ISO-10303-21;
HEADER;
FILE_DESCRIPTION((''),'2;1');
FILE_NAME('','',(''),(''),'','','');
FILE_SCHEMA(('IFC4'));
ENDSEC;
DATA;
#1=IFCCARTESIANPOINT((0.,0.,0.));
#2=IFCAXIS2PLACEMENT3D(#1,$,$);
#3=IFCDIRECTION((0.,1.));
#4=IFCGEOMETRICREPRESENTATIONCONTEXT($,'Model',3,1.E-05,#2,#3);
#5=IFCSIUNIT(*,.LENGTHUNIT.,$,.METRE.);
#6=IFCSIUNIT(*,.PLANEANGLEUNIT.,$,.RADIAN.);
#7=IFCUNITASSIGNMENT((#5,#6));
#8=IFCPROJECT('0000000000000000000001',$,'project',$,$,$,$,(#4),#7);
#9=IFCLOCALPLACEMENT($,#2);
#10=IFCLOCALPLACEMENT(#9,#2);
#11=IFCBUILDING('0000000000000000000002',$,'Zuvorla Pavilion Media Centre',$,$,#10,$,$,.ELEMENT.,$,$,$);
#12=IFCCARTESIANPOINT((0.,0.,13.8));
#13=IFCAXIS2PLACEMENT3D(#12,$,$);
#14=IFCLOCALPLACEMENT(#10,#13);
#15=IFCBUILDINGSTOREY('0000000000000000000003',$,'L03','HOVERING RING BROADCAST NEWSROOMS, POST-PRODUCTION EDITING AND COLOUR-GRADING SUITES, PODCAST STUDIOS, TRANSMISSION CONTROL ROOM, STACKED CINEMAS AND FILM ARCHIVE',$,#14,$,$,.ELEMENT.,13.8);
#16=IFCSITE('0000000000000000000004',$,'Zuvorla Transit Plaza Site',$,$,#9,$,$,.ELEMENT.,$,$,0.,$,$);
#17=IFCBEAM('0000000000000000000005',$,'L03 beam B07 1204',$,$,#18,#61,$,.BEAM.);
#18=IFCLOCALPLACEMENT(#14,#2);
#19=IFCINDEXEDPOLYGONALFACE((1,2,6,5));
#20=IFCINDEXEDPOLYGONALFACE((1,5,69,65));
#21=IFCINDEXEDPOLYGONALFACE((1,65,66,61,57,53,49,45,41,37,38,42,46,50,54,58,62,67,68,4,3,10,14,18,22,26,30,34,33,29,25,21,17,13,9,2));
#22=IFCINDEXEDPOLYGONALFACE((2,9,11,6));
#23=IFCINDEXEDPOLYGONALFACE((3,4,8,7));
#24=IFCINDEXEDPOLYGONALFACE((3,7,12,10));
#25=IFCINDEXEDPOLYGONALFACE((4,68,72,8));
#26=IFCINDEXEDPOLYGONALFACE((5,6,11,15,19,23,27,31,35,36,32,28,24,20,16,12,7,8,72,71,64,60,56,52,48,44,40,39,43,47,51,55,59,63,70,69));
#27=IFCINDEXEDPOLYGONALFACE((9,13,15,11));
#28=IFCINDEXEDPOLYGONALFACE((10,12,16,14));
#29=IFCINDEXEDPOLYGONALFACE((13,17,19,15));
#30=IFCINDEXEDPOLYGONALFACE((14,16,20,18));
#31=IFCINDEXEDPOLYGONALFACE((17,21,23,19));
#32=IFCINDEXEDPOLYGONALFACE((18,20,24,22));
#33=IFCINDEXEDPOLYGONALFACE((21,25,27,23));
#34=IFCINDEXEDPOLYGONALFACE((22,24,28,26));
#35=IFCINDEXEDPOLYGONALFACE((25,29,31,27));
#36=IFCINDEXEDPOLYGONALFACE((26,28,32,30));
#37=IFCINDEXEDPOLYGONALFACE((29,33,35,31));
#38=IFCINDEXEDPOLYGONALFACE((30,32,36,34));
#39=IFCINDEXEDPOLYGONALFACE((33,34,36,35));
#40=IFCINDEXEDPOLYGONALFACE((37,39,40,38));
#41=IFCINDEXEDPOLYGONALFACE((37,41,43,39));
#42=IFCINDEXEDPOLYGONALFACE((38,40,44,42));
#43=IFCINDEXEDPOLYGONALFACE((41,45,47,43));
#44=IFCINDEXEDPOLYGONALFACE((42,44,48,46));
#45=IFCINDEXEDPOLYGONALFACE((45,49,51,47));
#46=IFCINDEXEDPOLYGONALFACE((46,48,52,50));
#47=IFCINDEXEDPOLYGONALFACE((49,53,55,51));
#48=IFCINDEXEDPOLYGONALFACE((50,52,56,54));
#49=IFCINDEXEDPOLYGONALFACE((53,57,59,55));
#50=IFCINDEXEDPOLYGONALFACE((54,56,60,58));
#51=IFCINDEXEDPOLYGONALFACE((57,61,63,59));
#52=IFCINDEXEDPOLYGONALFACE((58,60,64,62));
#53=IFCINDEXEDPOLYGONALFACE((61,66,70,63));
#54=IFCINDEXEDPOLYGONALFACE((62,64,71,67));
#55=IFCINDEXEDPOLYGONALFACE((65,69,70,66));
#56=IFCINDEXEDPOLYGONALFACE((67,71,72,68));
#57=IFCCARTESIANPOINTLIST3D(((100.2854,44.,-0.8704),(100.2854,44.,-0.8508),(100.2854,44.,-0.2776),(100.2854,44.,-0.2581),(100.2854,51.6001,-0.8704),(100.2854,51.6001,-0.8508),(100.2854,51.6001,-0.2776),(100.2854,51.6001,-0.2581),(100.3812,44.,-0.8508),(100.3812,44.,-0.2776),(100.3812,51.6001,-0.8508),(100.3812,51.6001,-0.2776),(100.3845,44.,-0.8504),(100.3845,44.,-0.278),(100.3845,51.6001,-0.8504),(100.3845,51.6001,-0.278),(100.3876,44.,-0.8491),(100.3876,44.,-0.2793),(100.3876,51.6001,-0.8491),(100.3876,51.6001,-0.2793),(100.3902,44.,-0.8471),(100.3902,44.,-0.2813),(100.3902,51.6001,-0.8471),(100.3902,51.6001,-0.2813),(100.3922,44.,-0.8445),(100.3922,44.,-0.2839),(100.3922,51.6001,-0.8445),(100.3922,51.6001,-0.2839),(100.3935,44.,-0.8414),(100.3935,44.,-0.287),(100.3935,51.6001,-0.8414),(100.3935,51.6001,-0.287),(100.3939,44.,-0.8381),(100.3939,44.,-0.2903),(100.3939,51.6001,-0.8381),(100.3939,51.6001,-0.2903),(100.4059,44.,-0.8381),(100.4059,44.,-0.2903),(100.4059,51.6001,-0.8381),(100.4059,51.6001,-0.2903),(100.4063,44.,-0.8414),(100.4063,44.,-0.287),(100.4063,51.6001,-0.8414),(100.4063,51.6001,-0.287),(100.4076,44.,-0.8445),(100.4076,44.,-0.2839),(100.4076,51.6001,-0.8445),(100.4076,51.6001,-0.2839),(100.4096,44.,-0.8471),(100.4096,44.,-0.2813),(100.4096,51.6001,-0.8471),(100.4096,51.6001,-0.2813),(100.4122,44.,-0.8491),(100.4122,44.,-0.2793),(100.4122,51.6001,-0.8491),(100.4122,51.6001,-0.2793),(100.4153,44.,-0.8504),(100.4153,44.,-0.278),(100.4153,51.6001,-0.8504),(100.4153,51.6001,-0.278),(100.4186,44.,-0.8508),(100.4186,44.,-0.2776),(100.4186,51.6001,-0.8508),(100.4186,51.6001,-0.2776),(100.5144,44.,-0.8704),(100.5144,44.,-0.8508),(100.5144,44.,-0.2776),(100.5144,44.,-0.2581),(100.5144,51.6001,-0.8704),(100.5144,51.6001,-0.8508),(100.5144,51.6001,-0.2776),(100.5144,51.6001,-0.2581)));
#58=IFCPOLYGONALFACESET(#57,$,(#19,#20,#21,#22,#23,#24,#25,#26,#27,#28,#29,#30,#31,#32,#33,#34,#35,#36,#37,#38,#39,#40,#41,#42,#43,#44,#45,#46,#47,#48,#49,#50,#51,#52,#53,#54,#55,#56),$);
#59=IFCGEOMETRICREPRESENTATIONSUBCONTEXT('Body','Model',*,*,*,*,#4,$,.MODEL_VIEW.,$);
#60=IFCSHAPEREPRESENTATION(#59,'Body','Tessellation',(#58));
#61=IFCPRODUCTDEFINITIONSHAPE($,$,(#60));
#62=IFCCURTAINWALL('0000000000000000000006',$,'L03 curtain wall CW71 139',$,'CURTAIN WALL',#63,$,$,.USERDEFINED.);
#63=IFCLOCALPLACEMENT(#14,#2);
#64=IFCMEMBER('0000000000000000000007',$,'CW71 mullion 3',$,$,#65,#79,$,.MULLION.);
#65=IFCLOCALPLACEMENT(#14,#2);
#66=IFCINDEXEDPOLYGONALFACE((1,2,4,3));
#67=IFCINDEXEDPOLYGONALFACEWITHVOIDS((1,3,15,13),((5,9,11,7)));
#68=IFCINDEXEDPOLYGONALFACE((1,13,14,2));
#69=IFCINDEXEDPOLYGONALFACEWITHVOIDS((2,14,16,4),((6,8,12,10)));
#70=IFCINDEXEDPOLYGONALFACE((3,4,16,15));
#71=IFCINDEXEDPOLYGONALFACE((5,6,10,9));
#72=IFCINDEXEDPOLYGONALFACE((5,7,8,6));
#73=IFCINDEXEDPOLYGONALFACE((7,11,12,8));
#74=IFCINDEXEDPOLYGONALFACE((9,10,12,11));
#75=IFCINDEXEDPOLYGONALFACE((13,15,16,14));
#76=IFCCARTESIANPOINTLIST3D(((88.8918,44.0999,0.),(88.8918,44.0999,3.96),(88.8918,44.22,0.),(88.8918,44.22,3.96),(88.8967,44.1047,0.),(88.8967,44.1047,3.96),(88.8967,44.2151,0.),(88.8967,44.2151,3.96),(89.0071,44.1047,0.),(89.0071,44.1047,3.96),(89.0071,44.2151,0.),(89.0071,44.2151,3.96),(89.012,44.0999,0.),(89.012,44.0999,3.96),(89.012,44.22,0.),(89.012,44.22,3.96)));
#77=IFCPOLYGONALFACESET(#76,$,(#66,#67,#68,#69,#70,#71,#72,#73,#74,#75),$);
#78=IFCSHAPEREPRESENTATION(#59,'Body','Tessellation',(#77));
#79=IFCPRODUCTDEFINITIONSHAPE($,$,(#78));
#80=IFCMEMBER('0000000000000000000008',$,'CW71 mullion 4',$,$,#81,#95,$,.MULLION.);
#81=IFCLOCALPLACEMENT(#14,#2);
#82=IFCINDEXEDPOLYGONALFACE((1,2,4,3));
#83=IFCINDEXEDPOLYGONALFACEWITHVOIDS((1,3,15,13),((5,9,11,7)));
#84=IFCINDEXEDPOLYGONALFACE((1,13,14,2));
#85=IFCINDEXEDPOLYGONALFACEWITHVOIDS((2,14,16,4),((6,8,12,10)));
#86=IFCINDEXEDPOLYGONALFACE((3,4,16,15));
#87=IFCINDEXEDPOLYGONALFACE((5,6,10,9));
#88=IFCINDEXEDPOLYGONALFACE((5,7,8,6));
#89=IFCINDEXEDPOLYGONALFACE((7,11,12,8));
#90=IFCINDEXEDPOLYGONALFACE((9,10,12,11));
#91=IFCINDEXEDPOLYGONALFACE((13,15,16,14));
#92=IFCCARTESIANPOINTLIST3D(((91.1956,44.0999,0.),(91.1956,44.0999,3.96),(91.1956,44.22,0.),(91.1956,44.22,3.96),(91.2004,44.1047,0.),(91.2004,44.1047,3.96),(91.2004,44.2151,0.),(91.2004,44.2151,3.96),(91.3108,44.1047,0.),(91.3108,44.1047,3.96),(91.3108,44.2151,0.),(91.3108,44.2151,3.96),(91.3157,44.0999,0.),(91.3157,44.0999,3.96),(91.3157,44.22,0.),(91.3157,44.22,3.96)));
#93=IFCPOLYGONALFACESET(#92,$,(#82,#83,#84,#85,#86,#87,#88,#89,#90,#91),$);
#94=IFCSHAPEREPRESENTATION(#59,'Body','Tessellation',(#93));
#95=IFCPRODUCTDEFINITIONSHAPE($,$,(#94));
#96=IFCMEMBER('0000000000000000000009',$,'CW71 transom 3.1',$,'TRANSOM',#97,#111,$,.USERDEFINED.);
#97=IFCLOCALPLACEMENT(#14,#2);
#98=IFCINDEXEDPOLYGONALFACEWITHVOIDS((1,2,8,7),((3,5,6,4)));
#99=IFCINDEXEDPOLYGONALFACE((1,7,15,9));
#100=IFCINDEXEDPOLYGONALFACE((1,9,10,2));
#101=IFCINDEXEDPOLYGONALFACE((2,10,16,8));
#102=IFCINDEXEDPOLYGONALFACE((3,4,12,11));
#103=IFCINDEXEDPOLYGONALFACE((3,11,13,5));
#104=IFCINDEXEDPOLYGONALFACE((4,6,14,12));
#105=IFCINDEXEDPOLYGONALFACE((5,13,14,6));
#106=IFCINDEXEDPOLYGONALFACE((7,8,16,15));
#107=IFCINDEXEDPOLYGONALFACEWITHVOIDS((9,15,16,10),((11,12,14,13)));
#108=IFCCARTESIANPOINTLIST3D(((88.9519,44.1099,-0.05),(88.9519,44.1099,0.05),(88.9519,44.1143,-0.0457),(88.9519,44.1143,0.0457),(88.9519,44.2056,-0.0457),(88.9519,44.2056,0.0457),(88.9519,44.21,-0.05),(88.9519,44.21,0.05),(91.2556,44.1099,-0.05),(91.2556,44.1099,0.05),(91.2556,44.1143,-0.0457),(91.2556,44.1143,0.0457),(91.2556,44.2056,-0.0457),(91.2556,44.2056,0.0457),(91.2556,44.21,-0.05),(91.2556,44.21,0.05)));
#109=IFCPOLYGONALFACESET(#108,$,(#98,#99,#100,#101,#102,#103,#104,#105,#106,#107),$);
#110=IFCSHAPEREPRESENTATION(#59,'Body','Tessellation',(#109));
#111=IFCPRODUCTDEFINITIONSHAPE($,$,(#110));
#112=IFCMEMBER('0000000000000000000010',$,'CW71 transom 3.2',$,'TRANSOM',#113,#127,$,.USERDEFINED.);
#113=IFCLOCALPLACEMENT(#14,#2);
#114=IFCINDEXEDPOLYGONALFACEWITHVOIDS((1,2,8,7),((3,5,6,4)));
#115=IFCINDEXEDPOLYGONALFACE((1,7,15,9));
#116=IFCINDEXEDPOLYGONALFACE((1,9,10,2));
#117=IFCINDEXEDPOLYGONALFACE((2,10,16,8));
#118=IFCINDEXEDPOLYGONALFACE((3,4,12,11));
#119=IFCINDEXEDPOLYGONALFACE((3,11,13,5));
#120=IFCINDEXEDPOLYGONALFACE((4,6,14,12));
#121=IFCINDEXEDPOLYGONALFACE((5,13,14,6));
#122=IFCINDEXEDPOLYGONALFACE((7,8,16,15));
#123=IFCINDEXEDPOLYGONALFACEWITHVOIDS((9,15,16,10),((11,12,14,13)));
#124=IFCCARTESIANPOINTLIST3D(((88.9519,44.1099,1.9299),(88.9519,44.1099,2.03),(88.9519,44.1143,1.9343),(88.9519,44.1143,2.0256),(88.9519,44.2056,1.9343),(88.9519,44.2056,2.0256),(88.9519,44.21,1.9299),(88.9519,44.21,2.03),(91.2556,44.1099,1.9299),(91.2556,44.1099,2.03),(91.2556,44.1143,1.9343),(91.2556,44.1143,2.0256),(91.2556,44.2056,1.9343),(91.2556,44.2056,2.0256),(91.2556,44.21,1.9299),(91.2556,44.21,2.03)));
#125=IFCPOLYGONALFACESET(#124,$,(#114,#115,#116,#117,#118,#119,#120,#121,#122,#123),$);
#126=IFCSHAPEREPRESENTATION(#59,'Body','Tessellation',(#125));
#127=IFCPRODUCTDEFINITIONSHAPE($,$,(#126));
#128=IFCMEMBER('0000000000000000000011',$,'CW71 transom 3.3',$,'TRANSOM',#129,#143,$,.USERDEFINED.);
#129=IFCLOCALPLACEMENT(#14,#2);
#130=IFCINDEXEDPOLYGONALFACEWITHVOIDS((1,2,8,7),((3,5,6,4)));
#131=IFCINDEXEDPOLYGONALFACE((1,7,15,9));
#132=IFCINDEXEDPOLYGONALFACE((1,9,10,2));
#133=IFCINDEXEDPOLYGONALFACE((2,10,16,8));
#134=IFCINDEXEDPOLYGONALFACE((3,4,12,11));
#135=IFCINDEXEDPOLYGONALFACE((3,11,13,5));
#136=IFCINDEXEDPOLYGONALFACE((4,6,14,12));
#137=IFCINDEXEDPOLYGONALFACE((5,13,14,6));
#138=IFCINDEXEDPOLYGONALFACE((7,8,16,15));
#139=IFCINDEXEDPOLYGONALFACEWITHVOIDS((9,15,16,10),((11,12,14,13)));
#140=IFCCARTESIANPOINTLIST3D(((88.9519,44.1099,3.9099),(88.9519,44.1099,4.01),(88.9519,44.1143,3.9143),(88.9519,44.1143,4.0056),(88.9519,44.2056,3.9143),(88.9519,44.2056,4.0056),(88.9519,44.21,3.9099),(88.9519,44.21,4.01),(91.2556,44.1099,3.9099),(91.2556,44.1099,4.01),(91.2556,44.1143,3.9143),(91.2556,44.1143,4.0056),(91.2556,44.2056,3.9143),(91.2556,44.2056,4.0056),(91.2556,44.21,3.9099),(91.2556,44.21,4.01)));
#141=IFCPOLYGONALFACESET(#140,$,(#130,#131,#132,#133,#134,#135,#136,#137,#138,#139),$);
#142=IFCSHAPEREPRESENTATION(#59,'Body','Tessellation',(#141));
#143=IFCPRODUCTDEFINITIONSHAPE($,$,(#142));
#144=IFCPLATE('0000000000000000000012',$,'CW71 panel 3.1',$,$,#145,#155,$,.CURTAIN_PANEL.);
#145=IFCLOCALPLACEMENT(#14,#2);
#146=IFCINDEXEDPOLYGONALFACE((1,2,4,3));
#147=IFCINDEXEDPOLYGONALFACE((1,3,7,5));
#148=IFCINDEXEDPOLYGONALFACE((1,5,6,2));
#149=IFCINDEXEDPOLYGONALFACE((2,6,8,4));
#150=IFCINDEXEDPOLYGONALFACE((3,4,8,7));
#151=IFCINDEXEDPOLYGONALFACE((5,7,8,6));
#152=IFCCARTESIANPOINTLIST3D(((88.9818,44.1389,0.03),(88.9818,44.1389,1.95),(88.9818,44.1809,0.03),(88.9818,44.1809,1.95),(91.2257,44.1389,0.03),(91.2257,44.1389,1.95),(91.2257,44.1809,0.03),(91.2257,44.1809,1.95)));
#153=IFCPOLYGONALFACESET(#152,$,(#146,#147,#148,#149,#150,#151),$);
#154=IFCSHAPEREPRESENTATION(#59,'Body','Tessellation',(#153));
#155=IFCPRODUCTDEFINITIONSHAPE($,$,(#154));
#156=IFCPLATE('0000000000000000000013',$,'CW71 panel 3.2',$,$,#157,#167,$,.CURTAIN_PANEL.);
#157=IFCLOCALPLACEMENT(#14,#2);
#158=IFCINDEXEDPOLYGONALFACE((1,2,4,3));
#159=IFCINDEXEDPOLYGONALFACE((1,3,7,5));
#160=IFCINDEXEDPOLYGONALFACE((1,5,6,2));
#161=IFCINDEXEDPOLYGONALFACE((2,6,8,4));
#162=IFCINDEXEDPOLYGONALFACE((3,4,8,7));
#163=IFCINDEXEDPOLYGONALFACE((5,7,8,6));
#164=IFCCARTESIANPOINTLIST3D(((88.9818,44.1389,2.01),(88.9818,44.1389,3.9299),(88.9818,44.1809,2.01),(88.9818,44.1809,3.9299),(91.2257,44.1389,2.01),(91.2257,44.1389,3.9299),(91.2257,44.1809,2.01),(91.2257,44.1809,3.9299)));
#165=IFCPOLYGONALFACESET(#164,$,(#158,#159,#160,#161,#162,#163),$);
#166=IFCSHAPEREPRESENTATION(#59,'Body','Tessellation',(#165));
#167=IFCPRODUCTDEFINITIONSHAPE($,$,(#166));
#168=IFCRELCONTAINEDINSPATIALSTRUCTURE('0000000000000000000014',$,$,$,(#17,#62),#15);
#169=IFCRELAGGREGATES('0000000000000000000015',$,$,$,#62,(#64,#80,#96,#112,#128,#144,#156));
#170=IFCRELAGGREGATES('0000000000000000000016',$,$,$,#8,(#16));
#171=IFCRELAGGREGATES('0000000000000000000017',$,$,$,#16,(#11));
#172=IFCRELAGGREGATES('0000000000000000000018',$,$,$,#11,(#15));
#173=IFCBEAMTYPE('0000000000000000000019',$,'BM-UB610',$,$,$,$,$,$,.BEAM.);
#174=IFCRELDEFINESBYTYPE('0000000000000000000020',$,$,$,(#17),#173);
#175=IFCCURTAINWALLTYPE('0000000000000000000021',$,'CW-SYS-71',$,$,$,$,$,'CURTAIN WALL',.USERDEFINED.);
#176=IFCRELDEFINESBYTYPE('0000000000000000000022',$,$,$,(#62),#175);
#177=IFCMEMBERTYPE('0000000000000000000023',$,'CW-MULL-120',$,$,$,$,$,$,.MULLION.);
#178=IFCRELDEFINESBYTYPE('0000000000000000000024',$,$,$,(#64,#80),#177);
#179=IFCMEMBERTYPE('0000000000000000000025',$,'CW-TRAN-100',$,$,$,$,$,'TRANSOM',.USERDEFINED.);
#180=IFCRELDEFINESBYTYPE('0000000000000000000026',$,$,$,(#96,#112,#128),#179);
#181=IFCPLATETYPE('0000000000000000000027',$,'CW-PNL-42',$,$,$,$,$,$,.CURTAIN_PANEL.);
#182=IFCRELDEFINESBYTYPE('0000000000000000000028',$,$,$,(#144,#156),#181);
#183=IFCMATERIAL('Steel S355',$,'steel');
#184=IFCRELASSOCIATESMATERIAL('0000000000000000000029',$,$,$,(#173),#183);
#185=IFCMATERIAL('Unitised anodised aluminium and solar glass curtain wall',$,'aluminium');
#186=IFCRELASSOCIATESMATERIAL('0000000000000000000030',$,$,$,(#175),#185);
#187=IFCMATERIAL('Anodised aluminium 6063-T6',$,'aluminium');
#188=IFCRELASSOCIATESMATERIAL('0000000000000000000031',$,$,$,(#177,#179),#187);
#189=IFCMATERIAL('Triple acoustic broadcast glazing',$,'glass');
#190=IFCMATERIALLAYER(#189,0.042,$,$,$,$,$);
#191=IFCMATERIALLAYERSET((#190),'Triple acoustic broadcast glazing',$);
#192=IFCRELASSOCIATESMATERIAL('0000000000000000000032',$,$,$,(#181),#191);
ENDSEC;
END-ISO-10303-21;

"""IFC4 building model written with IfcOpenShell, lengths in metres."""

from ifc_helpers import new_model, si_unit, direction, frame, origin, origin_2d, place, context, subcontext, project, spatial, rectangle, hollow_rectangle, i_section, extrude, material, layer, layer_set, material_profile, profile_set, type_object, element, aggregate, save


model = new_model("IFC4")

# Units and contexts
model_context = context("Model", 3, precision=1e-05, world=origin(), true_north=direction((0.0, 1.0)))
body_context = subcontext(model_context, "Body", "Model", "MODEL_VIEW")
ifc_project = project(units=[si_unit("LENGTHUNIT", "METRE"), si_unit("PLANEANGLEUNIT", "RADIAN")], contexts=[model_context])

# Site, building, storey
site_placement = place(None, origin())
site = spatial("IfcSite", under=ifc_project, at=site_placement, Name="Zuvorla Transit Plaza Site", CompositionType="ELEMENT", RefElevation=0.0)
building_placement = place(site_placement, origin())
building = spatial("IfcBuilding", under=site, at=building_placement, Name="Zuvorla Pavilion Media Centre", CompositionType="ELEMENT")
storey_placement = place(building_placement, frame((0.0, 0.0, 13.8)))
storey = spatial("IfcBuildingStorey", under=building, at=storey_placement, Name="L03", Description="HOVERING RING BROADCAST NEWSROOMS, POST-PRODUCTION EDITING AND COLOUR-GRADING SUITES, PODCAST STUDIOS, TRANSMISSION CONTROL ROOM, STACKED CINEMAS AND FILM ARCHIVE", CompositionType="ELEMENT", Elevation=13.8)

# Beam
ifc_material_1 = material(Name="Steel S355", Category="steel")
ifc_material_profile_1 = material_profile(ifc_material_1, i_section(OverallWidth=0.229, OverallDepth=0.6123, WebThickness=0.012, FlangeThickness=0.0195, FilletRadius=0.0127, at=origin_2d()), Name="UB 610x229x125")
ifc_profile_set_1 = profile_set([ifc_material_profile_1], Name="Steel S355")
beam_type_1 = type_object("IfcBeamType", Name="BM-UB610", PredefinedType="BEAM", material=ifc_profile_set_1)
for number, where, z_axis, x_axis, name in (
    (1, (100.3999, 44.0, -0.5642), (0.0, 1.0, 0.0), (-1.0, 0.0, 0.0), "L03 beam B07 1204"),
):
    element("IfcBeam", number, at=place(storey_placement, frame(where, z_axis=z_axis, x_axis=x_axis)), inside=storey, type_object=beam_type_1, Name=name, PredefinedType="BEAM", context=body_context, shape_type="SweptSolid", body=[
        extrude(i_section(OverallWidth=0.229, OverallDepth=0.6123, WebThickness=0.012, FlangeThickness=0.0195, FilletRadius=0.0127, at=origin_2d()), origin(), (0.0, 0.0, 1.0), 7.6001),
    ])

# Curtain wall, members, plates
ifc_material_2 = material(Name="Unitised anodised aluminium and solar glass curtain wall", Category="aluminium")
curtain_wall_type = type_object("IfcCurtainWallType", Name="CW-SYS-71", ElementType="CURTAIN WALL", PredefinedType="USERDEFINED", material=ifc_material_2)
curtain_wall_placement = place(storey_placement, origin())
curtain_wall = element("IfcCurtainWall", 2, at=curtain_wall_placement, inside=storey, type_object=curtain_wall_type, Name="L03 curtain wall CW71 139", ObjectType="CURTAIN WALL", PredefinedType="USERDEFINED")
ifc_material_3 = material(Name="Anodised aluminium 6063-T6", Category="aluminium")
ifc_material_profile_2 = material_profile(ifc_material_3, hollow_rectangle(XDim=0.1201, YDim=0.1201, WallThickness=0.0049, at=origin_2d()), Name="ALU MULL 120x120")
ifc_profile_set_2 = profile_set([ifc_material_profile_2], Name="Anodised aluminium 6063-T6")
member_type_1 = type_object("IfcMemberType", Name="CW-MULL-120", PredefinedType="MULLION", material=ifc_profile_set_2)
member_1_placement = place(storey_placement, frame((88.9519, 44.1599, 0.0), z_axis=(0.0, 0.0, 1.0), x_axis=(1.0, 0.0, 0.0)))
member_1 = element("IfcMember", 3, at=member_1_placement, type_object=member_type_1, Name="CW71 mullion 3", PredefinedType="MULLION", context=body_context, shape_type="SweptSolid", body=[
    extrude(hollow_rectangle(XDim=0.1201, YDim=0.1201, WallThickness=0.0049, at=origin_2d()), origin(), (0.0, 0.0, 1.0), 3.96),
])
member_2_placement = place(storey_placement, frame((91.2556, 44.1599, 0.0), z_axis=(0.0, 0.0, 1.0), x_axis=(1.0, 0.0, 0.0)))
member_2 = element("IfcMember", 4, at=member_2_placement, type_object=member_type_1, Name="CW71 mullion 4", PredefinedType="MULLION", context=body_context, shape_type="SweptSolid", body=[
    extrude(hollow_rectangle(XDim=0.1201, YDim=0.1201, WallThickness=0.0049, at=origin_2d()), origin(), (0.0, 0.0, 1.0), 3.96),
])
ifc_material_profile_3 = material_profile(ifc_material_3, hollow_rectangle(XDim=0.1001, YDim=0.1001, WallThickness=0.0044, at=origin_2d()), Name="ALU TRAN 100x100")
ifc_profile_set_3 = profile_set([ifc_material_profile_3], Name="Anodised aluminium 6063-T6")
member_type_2 = type_object("IfcMemberType", Name="CW-TRAN-100", ElementType="TRANSOM", PredefinedType="USERDEFINED", material=ifc_profile_set_3)
member_3_placement = place(storey_placement, frame((88.9519, 44.1599, 0.0), z_axis=(1.0, 0.0, 0.0), x_axis=(0.0, 1.0, 0.0)))
member_3 = element("IfcMember", 5, at=member_3_placement, type_object=member_type_2, Name="CW71 transom 3.1", ObjectType="TRANSOM", PredefinedType="USERDEFINED", context=body_context, shape_type="SweptSolid", body=[
    extrude(hollow_rectangle(XDim=0.1001, YDim=0.1001, WallThickness=0.0044, at=origin_2d()), origin(), (0.0, 0.0, 1.0), 2.3037),
])
member_4_placement = place(storey_placement, frame((88.9519, 44.1599, 1.98), z_axis=(1.0, 0.0, 0.0), x_axis=(0.0, 1.0, 0.0)))
member_4 = element("IfcMember", 6, at=member_4_placement, type_object=member_type_2, Name="CW71 transom 3.2", ObjectType="TRANSOM", PredefinedType="USERDEFINED", context=body_context, shape_type="SweptSolid", body=[
    extrude(hollow_rectangle(XDim=0.1001, YDim=0.1001, WallThickness=0.0044, at=origin_2d()), origin(), (0.0, 0.0, 1.0), 2.3037),
])
member_5_placement = place(storey_placement, frame((88.9519, 44.1599, 3.96), z_axis=(1.0, 0.0, 0.0), x_axis=(0.0, 1.0, 0.0)))
member_5 = element("IfcMember", 7, at=member_5_placement, type_object=member_type_2, Name="CW71 transom 3.3", ObjectType="TRANSOM", PredefinedType="USERDEFINED", context=body_context, shape_type="SweptSolid", body=[
    extrude(hollow_rectangle(XDim=0.1001, YDim=0.1001, WallThickness=0.0044, at=origin_2d()), origin(), (0.0, 0.0, 1.0), 2.3037),
])
ifc_material_4 = material(Name="Triple acoustic broadcast glazing", Category="glass")
ifc_layer_1 = layer(ifc_material_4, 0.042)
ifc_layer_set_1 = layer_set([ifc_layer_1], Name="Triple acoustic broadcast glazing")
plate_type = type_object("IfcPlateType", Name="CW-PNL-42", PredefinedType="CURTAIN_PANEL", material=ifc_layer_set_1)
plate_1_placement = place(storey_placement, frame((90.1038, 44.1599, 0.03), z_axis=(0.0, 0.0, 1.0), x_axis=(1.0, 0.0, 0.0)))
plate_1 = element("IfcPlate", 8, at=plate_1_placement, type_object=plate_type, Name="CW71 panel 3.1", PredefinedType="CURTAIN_PANEL", context=body_context, shape_type="SweptSolid", body=[
    extrude(rectangle(XDim=2.2439, YDim=0.042, at=origin_2d()), origin(), (0.0, 0.0, 1.0), 1.9199),
])
plate_2_placement = place(storey_placement, frame((90.1038, 44.1599, 2.01), z_axis=(0.0, 0.0, 1.0), x_axis=(1.0, 0.0, 0.0)))
plate_2 = element("IfcPlate", 9, at=plate_2_placement, type_object=plate_type, Name="CW71 panel 3.2", PredefinedType="CURTAIN_PANEL", context=body_context, shape_type="SweptSolid", body=[
    extrude(rectangle(XDim=2.2439, YDim=0.042, at=origin_2d()), origin(), (0.0, 0.0, 1.0), 1.9199),
])
aggregate(curtain_wall, [member_1, member_2, member_3, member_4, member_5, plate_1, plate_2])

save(model, "model.ifc")
